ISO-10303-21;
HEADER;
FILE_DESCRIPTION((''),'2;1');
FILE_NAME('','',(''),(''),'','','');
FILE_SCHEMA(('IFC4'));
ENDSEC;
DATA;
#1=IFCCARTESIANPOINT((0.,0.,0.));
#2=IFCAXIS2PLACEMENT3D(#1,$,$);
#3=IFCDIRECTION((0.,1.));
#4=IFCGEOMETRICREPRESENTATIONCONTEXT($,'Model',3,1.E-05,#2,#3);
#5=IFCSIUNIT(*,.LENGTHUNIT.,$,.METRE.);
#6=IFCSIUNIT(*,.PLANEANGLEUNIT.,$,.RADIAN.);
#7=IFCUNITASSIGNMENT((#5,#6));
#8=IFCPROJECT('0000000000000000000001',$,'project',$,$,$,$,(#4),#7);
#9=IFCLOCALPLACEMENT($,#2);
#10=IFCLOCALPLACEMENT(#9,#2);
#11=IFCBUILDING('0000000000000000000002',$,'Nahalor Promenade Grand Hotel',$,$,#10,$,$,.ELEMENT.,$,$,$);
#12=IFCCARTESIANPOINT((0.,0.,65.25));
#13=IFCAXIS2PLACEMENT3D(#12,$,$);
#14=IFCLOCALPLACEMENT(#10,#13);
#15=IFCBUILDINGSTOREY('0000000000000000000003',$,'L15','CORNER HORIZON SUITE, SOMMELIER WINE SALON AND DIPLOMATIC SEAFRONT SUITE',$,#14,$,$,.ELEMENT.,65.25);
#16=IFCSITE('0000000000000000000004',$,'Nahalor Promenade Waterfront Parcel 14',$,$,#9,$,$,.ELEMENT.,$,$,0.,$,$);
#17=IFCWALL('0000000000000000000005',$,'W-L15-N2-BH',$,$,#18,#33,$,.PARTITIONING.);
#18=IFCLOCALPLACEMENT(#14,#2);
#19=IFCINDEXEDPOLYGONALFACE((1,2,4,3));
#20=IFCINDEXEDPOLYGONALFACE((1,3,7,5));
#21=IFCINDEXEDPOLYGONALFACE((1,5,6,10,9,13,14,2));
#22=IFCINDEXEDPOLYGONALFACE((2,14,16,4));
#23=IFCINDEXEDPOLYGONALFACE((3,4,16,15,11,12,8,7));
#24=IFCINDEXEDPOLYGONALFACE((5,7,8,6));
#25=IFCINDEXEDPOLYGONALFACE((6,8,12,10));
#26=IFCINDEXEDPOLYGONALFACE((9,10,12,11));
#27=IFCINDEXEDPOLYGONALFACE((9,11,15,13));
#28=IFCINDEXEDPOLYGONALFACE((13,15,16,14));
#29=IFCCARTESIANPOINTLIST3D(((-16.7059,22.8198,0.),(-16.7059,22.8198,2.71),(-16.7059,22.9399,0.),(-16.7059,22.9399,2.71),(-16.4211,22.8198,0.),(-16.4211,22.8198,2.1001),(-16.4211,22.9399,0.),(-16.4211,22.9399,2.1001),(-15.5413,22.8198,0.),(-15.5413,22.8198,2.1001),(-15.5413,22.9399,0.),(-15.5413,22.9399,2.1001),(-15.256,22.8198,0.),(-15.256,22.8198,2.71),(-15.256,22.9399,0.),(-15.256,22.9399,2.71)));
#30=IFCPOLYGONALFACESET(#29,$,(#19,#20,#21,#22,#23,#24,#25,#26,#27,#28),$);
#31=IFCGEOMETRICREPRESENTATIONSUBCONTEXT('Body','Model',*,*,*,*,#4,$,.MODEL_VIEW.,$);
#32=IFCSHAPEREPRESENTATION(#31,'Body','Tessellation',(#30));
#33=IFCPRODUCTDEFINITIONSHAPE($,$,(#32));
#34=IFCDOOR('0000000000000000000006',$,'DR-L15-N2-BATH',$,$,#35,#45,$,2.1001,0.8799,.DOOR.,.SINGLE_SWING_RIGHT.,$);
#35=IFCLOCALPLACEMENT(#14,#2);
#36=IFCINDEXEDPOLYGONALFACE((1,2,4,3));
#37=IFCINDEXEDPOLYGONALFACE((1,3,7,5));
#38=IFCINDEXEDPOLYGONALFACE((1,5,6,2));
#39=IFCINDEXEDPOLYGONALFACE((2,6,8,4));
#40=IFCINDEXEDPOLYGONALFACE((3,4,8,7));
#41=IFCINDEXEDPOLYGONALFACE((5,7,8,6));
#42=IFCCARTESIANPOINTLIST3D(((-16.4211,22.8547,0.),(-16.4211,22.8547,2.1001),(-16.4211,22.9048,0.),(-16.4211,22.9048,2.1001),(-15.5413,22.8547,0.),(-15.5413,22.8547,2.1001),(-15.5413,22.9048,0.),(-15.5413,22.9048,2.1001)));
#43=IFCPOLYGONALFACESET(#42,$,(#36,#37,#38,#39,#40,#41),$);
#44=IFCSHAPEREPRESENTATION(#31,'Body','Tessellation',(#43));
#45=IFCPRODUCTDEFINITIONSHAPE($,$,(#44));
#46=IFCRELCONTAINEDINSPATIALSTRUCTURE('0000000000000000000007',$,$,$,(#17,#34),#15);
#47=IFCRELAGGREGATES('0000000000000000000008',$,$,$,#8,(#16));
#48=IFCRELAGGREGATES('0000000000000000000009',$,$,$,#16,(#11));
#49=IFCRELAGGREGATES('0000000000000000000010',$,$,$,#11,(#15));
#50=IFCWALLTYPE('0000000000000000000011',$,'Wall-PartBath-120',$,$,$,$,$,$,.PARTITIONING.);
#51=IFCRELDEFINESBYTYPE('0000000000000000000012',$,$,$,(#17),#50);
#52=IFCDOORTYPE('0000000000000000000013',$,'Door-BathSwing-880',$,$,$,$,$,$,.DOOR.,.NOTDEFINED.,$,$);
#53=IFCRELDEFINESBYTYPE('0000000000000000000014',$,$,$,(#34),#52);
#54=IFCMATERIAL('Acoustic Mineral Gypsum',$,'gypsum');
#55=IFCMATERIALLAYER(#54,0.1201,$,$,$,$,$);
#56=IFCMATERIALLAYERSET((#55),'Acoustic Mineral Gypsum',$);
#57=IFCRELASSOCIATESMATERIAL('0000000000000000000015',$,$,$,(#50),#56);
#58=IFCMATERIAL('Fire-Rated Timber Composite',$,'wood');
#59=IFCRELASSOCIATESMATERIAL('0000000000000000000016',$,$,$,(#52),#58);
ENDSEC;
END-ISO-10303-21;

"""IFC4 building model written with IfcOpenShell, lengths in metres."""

from ifc_helpers import new_model, si_unit, direction, frame, frame_2d, origin, place, context, subcontext, project, spatial, rectangle, extrude, source, transform, mapped, material, layer, layer_set, type_object, element, fill, save


model = new_model("IFC4")

# Units and contexts
model_context = context("Model", 3, precision=1e-05, world=origin(), true_north=direction((0.0, 1.0)))
body_context = subcontext(model_context, "Body", "Model", "MODEL_VIEW")
ifc_project = project(units=[si_unit("LENGTHUNIT", "METRE"), si_unit("PLANEANGLEUNIT", "RADIAN")], contexts=[model_context])

# Site, building, storey
site_placement = place(None, origin())
site = spatial("IfcSite", under=ifc_project, at=site_placement, Name="Nahalor Promenade Waterfront Parcel 14", CompositionType="ELEMENT", RefElevation=0.0)
building_placement = place(site_placement, origin())
building = spatial("IfcBuilding", under=site, at=building_placement, Name="Nahalor Promenade Grand Hotel", CompositionType="ELEMENT")
storey_placement = place(building_placement, frame((0.0, 0.0, 65.25)))
storey = spatial("IfcBuildingStorey", under=building, at=storey_placement, Name="L15", Description="CORNER HORIZON SUITE, SOMMELIER WINE SALON AND DIPLOMATIC SEAFRONT SUITE", CompositionType="ELEMENT", Elevation=65.25)

# Shared definitions
ifc_material_1 = material(Name="Acoustic Mineral Gypsum", Category="gypsum")
ifc_layer_1 = layer(ifc_material_1, 0.1201)
ifc_layer_set_1 = layer_set([ifc_layer_1], Name="Acoustic Mineral Gypsum")
wall_type_1 = type_object("IfcWallType", Name="Wall-PartBath-120", PredefinedType="PARTITIONING", material=ifc_layer_set_1)

# Wall, opening, door
shared_shape_1 = source(origin(), body_context, "Body", "SweptSolid", [
    extrude(rectangle(XDim=1.45, YDim=0.1201, at=frame_2d((0.7251, 0.0))), origin(), (0.0, 0.0, 1.0), 2.71),
])
ifc_material_2 = material(Name="Fire-Rated Timber Composite", Category="wood")
door_type = type_object("IfcDoorType", Name="Door-BathSwing-880", OperationType="NOTDEFINED", PredefinedType="DOOR", material=ifc_material_2)
shared_shape_2 = source(origin(), body_context, "Body", "SweptSolid", [
    extrude(rectangle(XDim=0.8799, YDim=2.1001, at=frame_2d((0.4399, 1.05))), frame((0.0, 0.0249, 0.0), z_axis=(0.0, -1.0, 0.0), x_axis=(1.0, 0.0, 0.0)), (0.0, 0.0, 1.0), 0.05),
])
wall_1_placement = place(storey_placement, frame((-16.7061, 22.8799, 0.0), z_axis=(0.0, 0.0, 1.0), x_axis=(1.0, 0.0, 0.0)))
wall_1 = element("IfcWall", 1, at=wall_1_placement, inside=storey, type_object=wall_type_1, Name="W-L15-N2-BH", PredefinedType="PARTITIONING", context=body_context, shape_type="MappedRepresentation", body=[
    mapped(shared_shape_1, transform((0.0, 0.0, 0.0), scale=1.0)),
])
opening_1_placement = place(wall_1_placement, frame((0.2849, 0.0, 0.0)))
opening_1 = element("IfcOpeningElement", 2, at=opening_1_placement, cuts=wall_1, PredefinedType="OPENING", context=body_context, shape_type="SweptSolid", body=[
    extrude(rectangle(XDim=0.8799, YDim=2.1001, at=frame_2d((0.4399, 1.05))), frame((0.0, 0.0701, 0.0), z_axis=(0.0, -1.0, 0.0), x_axis=(1.0, 0.0, 0.0)), (0.0, 0.0, 1.0), 0.1401),
])
door_1_placement = place(opening_1_placement, origin())
door_1 = element("IfcDoor", 3, at=door_1_placement, inside=storey, type_object=door_type, Name="DR-L15-N2-BATH", OperationType="SINGLE_SWING_RIGHT", OverallHeight=2.1001, OverallWidth=0.8799, PredefinedType="DOOR", context=body_context, shape_type="MappedRepresentation", body=[
    mapped(shared_shape_2, transform((0.0, 0.0, 0.0), scale=1.0)),
])
fill(opening_1, door_1)

save(model, "model.ifc")
